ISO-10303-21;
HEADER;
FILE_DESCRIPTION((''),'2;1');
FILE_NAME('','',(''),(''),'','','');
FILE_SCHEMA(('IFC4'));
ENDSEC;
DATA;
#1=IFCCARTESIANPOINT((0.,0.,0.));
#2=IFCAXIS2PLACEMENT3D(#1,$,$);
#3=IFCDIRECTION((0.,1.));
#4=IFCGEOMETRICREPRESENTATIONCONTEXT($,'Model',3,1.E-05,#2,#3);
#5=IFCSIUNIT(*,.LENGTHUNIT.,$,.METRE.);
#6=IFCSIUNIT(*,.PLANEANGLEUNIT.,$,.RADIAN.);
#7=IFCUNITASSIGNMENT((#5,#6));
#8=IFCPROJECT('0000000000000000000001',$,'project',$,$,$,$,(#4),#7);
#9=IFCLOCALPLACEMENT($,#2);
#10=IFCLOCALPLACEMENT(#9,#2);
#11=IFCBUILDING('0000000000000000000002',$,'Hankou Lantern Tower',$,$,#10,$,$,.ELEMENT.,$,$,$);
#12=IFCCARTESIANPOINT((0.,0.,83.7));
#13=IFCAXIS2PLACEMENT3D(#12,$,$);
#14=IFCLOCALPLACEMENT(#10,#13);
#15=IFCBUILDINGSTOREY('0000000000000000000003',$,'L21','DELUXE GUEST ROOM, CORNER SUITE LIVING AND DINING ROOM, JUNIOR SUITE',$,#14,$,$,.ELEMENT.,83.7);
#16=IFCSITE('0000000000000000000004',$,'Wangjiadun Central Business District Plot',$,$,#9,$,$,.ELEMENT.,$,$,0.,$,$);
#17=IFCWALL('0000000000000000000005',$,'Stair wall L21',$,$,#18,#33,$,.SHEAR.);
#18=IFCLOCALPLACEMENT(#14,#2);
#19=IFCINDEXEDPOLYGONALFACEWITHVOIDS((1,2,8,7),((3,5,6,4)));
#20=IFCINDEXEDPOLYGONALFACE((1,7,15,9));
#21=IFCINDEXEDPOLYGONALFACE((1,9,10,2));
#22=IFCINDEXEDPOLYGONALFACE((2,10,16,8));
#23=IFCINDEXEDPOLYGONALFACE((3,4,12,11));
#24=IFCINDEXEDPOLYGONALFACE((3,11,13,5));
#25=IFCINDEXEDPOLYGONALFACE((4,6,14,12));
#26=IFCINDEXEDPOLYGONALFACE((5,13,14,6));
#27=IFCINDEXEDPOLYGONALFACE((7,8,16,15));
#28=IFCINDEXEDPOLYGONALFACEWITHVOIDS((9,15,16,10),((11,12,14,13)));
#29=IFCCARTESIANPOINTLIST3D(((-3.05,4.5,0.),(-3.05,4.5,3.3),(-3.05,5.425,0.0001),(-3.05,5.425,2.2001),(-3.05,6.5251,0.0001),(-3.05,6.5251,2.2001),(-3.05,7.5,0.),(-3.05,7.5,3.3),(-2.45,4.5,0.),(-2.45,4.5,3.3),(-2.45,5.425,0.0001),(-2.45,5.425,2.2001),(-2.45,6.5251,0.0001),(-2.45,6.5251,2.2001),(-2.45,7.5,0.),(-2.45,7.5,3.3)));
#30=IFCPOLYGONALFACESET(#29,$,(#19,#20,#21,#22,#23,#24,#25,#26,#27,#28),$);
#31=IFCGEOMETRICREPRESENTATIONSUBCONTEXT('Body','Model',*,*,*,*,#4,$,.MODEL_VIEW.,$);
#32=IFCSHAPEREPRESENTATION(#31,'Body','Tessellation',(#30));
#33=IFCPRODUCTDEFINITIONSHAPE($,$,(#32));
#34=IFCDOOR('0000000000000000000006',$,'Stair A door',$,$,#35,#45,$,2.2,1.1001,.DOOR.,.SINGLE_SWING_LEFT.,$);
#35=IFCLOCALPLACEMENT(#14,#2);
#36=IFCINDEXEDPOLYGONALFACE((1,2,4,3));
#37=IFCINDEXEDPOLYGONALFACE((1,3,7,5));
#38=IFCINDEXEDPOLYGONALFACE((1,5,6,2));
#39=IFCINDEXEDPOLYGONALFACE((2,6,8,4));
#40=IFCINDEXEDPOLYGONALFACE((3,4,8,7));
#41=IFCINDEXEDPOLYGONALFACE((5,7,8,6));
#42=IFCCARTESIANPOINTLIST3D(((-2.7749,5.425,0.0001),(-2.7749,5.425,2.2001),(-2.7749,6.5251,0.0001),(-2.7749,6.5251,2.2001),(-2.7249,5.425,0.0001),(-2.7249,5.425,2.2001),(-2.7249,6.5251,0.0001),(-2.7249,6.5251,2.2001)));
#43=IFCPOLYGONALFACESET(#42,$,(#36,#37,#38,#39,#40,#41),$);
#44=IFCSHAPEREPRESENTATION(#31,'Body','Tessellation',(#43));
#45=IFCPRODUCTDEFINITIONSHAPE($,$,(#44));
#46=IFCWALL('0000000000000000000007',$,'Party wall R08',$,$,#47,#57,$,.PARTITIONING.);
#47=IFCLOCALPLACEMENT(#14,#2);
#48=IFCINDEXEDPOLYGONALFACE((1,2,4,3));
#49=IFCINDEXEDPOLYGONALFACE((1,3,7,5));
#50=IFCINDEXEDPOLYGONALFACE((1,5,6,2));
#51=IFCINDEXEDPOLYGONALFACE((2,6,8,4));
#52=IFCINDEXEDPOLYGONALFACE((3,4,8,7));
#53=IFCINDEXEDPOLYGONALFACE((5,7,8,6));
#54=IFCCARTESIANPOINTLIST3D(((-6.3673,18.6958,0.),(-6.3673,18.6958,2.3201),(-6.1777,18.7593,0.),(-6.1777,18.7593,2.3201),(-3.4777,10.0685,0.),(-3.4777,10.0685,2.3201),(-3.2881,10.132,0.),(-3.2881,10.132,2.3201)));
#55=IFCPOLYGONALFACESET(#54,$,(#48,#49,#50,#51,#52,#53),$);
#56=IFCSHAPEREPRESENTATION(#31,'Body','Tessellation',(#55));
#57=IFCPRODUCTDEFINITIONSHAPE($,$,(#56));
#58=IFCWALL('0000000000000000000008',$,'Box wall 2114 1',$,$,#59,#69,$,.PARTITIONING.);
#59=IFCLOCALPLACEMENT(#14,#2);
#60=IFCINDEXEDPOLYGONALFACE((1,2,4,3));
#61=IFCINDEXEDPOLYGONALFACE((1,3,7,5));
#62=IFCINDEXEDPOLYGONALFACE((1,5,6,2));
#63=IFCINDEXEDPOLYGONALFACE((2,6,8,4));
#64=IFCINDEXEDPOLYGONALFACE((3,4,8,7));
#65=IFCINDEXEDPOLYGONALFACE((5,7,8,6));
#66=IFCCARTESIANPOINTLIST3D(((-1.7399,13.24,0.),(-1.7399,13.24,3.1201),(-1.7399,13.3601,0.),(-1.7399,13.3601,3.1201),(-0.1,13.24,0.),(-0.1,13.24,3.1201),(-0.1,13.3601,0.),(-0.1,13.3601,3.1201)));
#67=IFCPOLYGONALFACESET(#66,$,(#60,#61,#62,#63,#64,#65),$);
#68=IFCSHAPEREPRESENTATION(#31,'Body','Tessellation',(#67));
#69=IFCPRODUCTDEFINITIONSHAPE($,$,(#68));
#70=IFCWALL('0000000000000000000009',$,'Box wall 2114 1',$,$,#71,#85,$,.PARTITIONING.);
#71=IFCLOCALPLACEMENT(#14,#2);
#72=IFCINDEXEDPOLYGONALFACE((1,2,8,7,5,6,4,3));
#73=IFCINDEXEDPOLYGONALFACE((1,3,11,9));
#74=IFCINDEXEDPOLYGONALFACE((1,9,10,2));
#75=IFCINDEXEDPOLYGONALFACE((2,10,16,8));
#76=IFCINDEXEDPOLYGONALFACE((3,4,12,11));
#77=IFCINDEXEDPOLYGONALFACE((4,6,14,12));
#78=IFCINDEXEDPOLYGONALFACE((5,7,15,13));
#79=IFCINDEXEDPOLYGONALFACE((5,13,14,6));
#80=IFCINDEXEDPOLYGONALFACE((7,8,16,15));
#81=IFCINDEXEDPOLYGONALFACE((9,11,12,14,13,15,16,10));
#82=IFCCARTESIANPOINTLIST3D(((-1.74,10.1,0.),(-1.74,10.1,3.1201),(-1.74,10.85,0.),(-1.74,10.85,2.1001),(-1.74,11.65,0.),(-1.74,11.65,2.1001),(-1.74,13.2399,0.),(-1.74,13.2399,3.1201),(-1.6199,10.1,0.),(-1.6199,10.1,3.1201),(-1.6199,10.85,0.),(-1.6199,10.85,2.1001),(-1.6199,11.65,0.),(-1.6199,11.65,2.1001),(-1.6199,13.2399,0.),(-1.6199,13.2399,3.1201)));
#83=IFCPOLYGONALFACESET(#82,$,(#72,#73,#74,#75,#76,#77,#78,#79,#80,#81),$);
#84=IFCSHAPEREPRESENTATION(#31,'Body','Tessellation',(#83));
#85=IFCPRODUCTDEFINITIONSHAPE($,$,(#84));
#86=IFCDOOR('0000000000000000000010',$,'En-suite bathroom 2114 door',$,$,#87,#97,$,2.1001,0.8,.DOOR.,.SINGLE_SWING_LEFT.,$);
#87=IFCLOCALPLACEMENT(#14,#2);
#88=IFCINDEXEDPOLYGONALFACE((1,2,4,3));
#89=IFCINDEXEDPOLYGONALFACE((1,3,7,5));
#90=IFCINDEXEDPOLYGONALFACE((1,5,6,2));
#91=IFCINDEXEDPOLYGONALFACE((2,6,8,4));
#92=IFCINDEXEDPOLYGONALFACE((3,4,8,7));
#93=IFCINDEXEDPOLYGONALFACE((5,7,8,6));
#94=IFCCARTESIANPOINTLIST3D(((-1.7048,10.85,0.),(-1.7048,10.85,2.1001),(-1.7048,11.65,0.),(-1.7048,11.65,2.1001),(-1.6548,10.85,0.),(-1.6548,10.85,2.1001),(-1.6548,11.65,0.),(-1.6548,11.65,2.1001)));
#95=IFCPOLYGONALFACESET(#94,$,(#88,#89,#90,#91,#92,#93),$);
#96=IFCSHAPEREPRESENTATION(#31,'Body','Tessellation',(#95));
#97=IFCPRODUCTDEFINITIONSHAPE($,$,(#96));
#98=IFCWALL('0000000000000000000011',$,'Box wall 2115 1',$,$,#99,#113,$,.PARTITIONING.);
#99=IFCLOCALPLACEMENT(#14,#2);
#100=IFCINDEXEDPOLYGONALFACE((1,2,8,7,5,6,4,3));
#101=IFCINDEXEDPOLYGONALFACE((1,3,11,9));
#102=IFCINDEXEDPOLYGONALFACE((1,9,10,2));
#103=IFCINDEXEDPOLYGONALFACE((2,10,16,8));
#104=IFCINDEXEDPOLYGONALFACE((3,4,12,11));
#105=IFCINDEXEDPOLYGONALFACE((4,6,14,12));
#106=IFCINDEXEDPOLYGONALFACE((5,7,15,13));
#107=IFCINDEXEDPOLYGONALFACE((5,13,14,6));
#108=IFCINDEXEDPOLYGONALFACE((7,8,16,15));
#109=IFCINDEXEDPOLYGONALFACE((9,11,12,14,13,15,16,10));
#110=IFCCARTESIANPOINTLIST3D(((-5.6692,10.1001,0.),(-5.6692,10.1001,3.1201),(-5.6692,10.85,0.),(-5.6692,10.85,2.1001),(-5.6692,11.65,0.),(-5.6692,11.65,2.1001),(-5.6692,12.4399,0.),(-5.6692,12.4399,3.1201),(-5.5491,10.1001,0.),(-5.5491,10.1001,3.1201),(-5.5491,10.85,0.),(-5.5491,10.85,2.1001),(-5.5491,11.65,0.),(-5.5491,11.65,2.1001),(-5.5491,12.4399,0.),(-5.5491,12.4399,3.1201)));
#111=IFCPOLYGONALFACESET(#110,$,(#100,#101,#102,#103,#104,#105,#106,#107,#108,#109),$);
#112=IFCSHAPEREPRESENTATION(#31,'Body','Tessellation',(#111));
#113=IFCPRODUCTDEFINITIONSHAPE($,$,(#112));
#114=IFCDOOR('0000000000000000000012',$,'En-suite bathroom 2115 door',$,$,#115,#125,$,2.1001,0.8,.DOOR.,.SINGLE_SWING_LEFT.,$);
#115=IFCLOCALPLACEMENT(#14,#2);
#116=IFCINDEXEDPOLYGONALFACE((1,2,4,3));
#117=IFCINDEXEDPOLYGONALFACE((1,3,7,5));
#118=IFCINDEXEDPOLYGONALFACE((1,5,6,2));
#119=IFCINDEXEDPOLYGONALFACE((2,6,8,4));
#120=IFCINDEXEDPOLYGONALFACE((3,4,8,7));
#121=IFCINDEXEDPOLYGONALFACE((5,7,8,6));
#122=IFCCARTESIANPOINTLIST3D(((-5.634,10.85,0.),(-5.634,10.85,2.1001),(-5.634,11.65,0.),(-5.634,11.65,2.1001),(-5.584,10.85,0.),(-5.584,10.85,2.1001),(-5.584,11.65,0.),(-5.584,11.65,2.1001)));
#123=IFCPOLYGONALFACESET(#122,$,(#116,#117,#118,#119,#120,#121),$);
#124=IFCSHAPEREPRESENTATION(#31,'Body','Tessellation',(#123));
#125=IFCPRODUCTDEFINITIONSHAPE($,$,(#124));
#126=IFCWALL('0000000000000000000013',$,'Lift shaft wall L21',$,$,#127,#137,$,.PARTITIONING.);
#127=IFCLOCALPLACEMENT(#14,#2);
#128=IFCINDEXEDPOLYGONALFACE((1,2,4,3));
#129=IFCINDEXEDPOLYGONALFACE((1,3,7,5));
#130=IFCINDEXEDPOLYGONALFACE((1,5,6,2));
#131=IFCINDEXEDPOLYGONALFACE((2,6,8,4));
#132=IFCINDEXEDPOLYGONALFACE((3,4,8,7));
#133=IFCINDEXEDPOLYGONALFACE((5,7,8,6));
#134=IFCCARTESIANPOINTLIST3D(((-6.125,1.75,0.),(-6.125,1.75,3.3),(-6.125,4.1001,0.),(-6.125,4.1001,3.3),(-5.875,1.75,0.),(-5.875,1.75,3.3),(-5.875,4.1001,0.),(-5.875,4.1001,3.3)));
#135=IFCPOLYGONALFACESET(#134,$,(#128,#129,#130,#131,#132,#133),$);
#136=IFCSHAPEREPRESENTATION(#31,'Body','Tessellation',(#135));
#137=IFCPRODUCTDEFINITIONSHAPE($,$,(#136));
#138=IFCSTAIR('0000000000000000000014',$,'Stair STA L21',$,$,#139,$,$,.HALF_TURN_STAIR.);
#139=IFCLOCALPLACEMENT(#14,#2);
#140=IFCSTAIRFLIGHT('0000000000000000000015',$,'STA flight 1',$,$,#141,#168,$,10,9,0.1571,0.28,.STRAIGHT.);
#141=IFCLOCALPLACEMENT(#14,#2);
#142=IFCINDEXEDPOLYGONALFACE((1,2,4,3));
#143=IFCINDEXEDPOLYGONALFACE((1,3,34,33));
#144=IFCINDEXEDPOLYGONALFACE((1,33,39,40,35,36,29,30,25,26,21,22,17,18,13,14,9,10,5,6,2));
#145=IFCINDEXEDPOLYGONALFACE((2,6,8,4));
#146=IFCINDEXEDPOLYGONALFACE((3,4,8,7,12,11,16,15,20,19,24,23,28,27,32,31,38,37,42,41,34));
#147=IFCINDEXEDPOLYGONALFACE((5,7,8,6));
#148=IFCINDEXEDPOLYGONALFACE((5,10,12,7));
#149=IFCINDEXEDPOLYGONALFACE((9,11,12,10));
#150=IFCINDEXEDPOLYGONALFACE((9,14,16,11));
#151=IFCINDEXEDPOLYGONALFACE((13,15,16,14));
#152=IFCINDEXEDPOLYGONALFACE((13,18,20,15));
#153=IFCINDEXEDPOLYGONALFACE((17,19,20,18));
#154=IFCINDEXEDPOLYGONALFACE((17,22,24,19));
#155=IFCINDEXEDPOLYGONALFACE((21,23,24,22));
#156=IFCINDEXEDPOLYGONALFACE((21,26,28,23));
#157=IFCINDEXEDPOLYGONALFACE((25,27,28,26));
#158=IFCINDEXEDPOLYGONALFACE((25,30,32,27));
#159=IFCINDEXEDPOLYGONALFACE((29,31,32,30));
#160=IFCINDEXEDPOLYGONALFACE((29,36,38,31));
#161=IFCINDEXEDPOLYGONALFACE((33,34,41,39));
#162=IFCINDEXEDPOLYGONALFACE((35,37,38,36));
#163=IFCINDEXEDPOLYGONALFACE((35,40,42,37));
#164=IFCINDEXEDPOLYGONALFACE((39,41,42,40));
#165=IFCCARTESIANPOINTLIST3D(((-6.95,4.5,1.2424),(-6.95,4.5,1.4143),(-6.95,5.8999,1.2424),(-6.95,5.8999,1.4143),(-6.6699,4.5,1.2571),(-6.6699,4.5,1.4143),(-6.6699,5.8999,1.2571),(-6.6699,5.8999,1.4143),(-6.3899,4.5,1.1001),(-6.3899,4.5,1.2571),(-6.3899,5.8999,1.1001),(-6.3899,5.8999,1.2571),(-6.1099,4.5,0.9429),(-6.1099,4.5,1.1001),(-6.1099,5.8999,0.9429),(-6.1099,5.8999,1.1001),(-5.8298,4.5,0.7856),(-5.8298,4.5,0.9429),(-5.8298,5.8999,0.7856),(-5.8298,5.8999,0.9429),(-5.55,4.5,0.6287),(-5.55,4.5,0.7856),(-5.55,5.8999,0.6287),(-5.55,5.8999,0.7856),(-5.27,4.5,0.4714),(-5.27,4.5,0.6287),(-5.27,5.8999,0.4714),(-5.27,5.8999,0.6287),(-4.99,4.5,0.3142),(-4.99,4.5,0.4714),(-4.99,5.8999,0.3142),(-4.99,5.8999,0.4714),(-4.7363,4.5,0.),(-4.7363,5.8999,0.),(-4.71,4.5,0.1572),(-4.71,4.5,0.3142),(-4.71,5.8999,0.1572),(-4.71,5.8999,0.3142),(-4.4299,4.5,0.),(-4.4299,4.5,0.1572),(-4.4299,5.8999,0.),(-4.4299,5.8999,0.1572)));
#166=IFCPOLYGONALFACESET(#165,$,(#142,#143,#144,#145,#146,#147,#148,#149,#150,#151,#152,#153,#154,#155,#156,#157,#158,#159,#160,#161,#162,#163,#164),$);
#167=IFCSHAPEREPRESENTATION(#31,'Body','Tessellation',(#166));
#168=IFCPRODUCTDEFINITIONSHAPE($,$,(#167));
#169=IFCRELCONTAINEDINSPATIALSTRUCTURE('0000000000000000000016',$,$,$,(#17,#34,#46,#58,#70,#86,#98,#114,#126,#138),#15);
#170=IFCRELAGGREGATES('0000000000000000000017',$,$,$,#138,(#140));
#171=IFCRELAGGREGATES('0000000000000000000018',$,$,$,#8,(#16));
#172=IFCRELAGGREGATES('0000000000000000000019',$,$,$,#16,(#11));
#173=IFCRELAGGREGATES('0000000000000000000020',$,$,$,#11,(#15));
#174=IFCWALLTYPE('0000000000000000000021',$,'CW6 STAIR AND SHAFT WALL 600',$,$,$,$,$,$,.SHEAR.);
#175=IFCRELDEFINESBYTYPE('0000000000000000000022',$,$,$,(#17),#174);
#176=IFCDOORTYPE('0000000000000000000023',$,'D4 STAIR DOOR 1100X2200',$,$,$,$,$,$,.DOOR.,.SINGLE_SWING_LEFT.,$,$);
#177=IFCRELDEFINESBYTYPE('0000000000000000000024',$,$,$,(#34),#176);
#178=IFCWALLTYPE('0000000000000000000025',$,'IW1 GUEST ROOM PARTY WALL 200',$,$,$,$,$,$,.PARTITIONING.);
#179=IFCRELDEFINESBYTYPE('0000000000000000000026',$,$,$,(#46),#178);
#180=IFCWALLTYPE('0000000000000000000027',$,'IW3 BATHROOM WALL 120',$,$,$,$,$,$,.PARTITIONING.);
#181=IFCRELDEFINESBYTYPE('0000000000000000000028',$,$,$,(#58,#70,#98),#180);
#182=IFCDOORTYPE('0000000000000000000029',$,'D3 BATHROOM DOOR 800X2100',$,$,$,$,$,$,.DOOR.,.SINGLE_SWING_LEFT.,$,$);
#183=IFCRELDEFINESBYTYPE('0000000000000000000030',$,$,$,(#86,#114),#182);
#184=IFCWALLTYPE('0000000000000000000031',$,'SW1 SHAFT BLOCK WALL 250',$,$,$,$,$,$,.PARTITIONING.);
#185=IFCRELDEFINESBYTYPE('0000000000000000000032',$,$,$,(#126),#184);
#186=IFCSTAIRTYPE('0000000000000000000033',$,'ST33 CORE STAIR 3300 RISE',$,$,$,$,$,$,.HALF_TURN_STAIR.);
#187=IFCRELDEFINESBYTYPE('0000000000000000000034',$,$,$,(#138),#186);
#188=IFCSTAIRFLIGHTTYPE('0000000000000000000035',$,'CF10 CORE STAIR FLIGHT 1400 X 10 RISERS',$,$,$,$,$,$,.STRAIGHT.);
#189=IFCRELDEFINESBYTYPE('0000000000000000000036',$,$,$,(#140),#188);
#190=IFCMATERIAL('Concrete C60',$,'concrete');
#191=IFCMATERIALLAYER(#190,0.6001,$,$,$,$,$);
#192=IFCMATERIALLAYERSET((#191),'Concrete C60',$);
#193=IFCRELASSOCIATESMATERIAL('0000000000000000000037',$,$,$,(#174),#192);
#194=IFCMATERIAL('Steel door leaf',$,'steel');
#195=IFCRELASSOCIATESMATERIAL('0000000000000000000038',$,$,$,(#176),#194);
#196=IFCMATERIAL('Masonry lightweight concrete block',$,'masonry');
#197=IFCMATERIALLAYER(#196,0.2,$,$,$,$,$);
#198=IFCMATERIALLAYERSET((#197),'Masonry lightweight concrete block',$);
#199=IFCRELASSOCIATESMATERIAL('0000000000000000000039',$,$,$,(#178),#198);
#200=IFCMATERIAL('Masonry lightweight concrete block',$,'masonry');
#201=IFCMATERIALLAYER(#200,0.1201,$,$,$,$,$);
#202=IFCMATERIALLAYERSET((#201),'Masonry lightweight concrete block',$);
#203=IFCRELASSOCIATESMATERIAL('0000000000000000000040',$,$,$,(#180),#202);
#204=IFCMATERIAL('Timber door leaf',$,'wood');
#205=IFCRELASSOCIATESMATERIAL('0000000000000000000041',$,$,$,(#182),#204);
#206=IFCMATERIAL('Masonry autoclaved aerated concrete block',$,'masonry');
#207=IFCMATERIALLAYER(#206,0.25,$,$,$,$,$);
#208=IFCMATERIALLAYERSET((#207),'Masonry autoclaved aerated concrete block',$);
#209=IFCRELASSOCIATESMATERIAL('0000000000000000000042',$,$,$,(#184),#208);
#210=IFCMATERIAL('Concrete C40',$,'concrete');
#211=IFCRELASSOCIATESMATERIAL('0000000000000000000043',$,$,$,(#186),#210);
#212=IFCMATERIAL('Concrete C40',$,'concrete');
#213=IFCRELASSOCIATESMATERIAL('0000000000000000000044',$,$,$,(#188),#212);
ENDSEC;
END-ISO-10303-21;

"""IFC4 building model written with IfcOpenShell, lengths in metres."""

from ifc_helpers import new_model, si_unit, direction, frame, frame_2d, origin, place, context, subcontext, project, spatial, polyline, rectangle, outline, extrude, material, layer, layer_set, type_object, element, fill, aggregate, save


model = new_model("IFC4")

# Units and contexts
model_context = context("Model", 3, precision=1e-05, world=origin(), true_north=direction((0.0, 1.0)))
body_context = subcontext(model_context, "Body", "Model", "MODEL_VIEW")
ifc_project = project(units=[si_unit("LENGTHUNIT", "METRE"), si_unit("PLANEANGLEUNIT", "RADIAN")], contexts=[model_context])

# Site, building, storey
site_placement = place(None, origin())
site = spatial("IfcSite", under=ifc_project, at=site_placement, Name="Wangjiadun Central Business District Plot", CompositionType="ELEMENT", RefElevation=0.0)
building_placement = place(site_placement, origin())
building = spatial("IfcBuilding", under=site, at=building_placement, Name="Hankou Lantern Tower", CompositionType="ELEMENT")
storey_placement = place(building_placement, frame((0.0, 0.0, 83.7)))
storey = spatial("IfcBuildingStorey", under=building, at=storey_placement, Name="L21", Description="DELUXE GUEST ROOM, CORNER SUITE LIVING AND DINING ROOM, JUNIOR SUITE", CompositionType="ELEMENT", Elevation=83.7)

# Wall, opening, door
ifc_material_1 = material(Name="Concrete C60", Category="concrete")
ifc_layer_1 = layer(ifc_material_1, 0.6001)
ifc_layer_set_1 = layer_set([ifc_layer_1], Name="Concrete C60")
wall_type_1 = type_object("IfcWallType", Name="CW6 STAIR AND SHAFT WALL 600", PredefinedType="SHEAR", material=ifc_layer_set_1)
wall_1_placement = place(storey_placement, frame((-2.75, 4.5, 0.0), z_axis=(0.0, 0.0, 1.0), x_axis=(0.0, 1.0, 0.0)))
wall_1 = element("IfcWall", 1, at=wall_1_placement, inside=storey, type_object=wall_type_1, Name="Stair wall L21", PredefinedType="SHEAR", context=body_context, shape_type="SweptSolid", body=[
    extrude(rectangle(XDim=3.0, YDim=0.6001, at=frame_2d((1.5, 0.0))), origin(), (0.0, 0.0, 1.0), 3.3),
])
opening_1_placement = place(wall_1_placement, frame((0.925, 0.0, 0.0)))
opening_1 = element("IfcOpeningElement", 2, at=opening_1_placement, cuts=wall_1, PredefinedType="OPENING", context=body_context, shape_type="SweptSolid", body=[
    extrude(rectangle(XDim=1.1001, YDim=2.2, at=frame_2d((0.55, 1.1001))), frame((0.0, 0.3101, 0.0), z_axis=(0.0, -1.0, 0.0), x_axis=(1.0, 0.0, 0.0)), (0.0, 0.0, 1.0), 0.6201),
])
ifc_material_2 = material(Name="Steel door leaf", Category="steel")
door_type_1 = type_object("IfcDoorType", Name="D4 STAIR DOOR 1100X2200", OperationType="SINGLE_SWING_LEFT", PredefinedType="DOOR", material=ifc_material_2)
door_1_placement = place(opening_1_placement, origin())
door_1 = element("IfcDoor", 3, at=door_1_placement, inside=storey, type_object=door_type_1, Name="Stair A door", OperationType="SINGLE_SWING_LEFT", OverallHeight=2.2, OverallWidth=1.1001, PredefinedType="DOOR", context=body_context, shape_type="SweptSolid", body=[
    extrude(rectangle(XDim=1.1001, YDim=2.2, at=frame_2d((0.55, 1.1001))), frame((0.0, 0.0249, 0.0), z_axis=(0.0, -1.0, 0.0), x_axis=(1.0, 0.0, 0.0)), (0.0, 0.0, 1.0), 0.05),
])
fill(opening_1, door_1)

# Walls
ifc_material_3 = material(Name="Masonry lightweight concrete block", Category="masonry")
ifc_layer_2 = layer(ifc_material_3, 0.2)
ifc_layer_set_2 = layer_set([ifc_layer_2], Name="Masonry lightweight concrete block")
wall_type_2 = type_object("IfcWallType", Name="IW1 GUEST ROOM PARTY WALL 200", PredefinedType="PARTITIONING", material=ifc_layer_set_2)
wall_2_placement = place(storey_placement, frame((-3.3828, 10.1001, 0.0), z_axis=(0.0, 0.0, 1.0), x_axis=(-0.317596, 0.948226, 0.0)))
element("IfcWall", 4, at=wall_2_placement, inside=storey, type_object=wall_type_2, Name="Party wall R08", PredefinedType="PARTITIONING", context=body_context, shape_type="SweptSolid", body=[
    extrude(rectangle(XDim=9.0984, YDim=0.2, at=frame_2d((4.5493, 0.0))), origin(), (0.0, 0.0, 1.0), 2.3201),
])
ifc_material_4 = material(Name="Masonry lightweight concrete block", Category="masonry")
ifc_layer_3 = layer(ifc_material_4, 0.1201)
ifc_layer_set_3 = layer_set([ifc_layer_3], Name="Masonry lightweight concrete block")
wall_type_3 = type_object("IfcWallType", Name="IW3 BATHROOM WALL 120", PredefinedType="PARTITIONING", material=ifc_layer_set_3)
wall_3_placement = place(storey_placement, frame((-0.1001, 13.3, 0.0), z_axis=(0.0, 0.0, 1.0), x_axis=(-1.0, 0.0, 0.0)))
element("IfcWall", 5, at=wall_3_placement, inside=storey, type_object=wall_type_3, Name="Box wall 2114 1", PredefinedType="PARTITIONING", context=body_context, shape_type="SweptSolid", body=[
    extrude(rectangle(XDim=1.6399, YDim=0.1201, at=frame_2d((0.8198, 0.0))), origin(), (0.0, 0.0, 1.0), 3.1201),
])

# Walls, openings, doors
wall_4_placement = place(storey_placement, frame((-1.6799, 10.1001, 0.0), z_axis=(0.0, 0.0, 1.0), x_axis=(0.0, 1.0, 0.0)))
wall_4 = element("IfcWall", 6, at=wall_4_placement, inside=storey, type_object=wall_type_3, Name="Box wall 2114 1", PredefinedType="PARTITIONING", context=body_context, shape_type="SweptSolid", body=[
    extrude(rectangle(XDim=3.1399, YDim=0.1201, at=frame_2d((1.5698, 0.0))), origin(), (0.0, 0.0, 1.0), 3.1201),
])
opening_2_placement = place(wall_4_placement, frame((0.75, 0.0, 0.0)))
opening_2 = element("IfcOpeningElement", 7, at=opening_2_placement, cuts=wall_4, PredefinedType="OPENING", context=body_context, shape_type="SweptSolid", body=[
    extrude(rectangle(XDim=0.8, YDim=2.1001, at=frame_2d((0.3999, 1.05))), frame((0.0, 0.0701, 0.0), z_axis=(0.0, -1.0, 0.0), x_axis=(1.0, 0.0, 0.0)), (0.0, 0.0, 1.0), 0.1401),
])
ifc_material_5 = material(Name="Timber door leaf", Category="wood")
door_type_2 = type_object("IfcDoorType", Name="D3 BATHROOM DOOR 800X2100", OperationType="SINGLE_SWING_LEFT", PredefinedType="DOOR", material=ifc_material_5)
door_2_placement = place(opening_2_placement, origin())
door_2 = element("IfcDoor", 8, at=door_2_placement, inside=storey, type_object=door_type_2, Name="En-suite bathroom 2114 door", OperationType="SINGLE_SWING_LEFT", OverallHeight=2.1001, OverallWidth=0.8, PredefinedType="DOOR", context=body_context, shape_type="SweptSolid", body=[
    extrude(rectangle(XDim=0.8, YDim=2.1001, at=frame_2d((0.3999, 1.05))), frame((0.0, 0.0249, 0.0), z_axis=(0.0, -1.0, 0.0), x_axis=(1.0, 0.0, 0.0)), (0.0, 0.0, 1.0), 0.05),
])
fill(opening_2, door_2)
wall_5_placement = place(storey_placement, frame((-5.6091, 10.1001, 0.0), z_axis=(0.0, 0.0, 1.0), x_axis=(0.0, 1.0, 0.0)))
wall_5 = element("IfcWall", 9, at=wall_5_placement, inside=storey, type_object=wall_type_3, Name="Box wall 2115 1", PredefinedType="PARTITIONING", context=body_context, shape_type="SweptSolid", body=[
    extrude(rectangle(XDim=2.3398, YDim=0.1201, at=frame_2d((1.1699, 0.0))), origin(), (0.0, 0.0, 1.0), 3.1201),
])
opening_3_placement = place(wall_5_placement, frame((0.75, 0.0, 0.0)))
opening_3 = element("IfcOpeningElement", 10, at=opening_3_placement, cuts=wall_5, PredefinedType="OPENING", context=body_context, shape_type="SweptSolid", body=[
    extrude(rectangle(XDim=0.8, YDim=2.1001, at=frame_2d((0.3999, 1.05))), frame((0.0, 0.0701, 0.0), z_axis=(0.0, -1.0, 0.0), x_axis=(1.0, 0.0, 0.0)), (0.0, 0.0, 1.0), 0.1401),
])
door_3_placement = place(opening_3_placement, origin())
door_3 = element("IfcDoor", 11, at=door_3_placement, inside=storey, type_object=door_type_2, Name="En-suite bathroom 2115 door", OperationType="SINGLE_SWING_LEFT", OverallHeight=2.1001, OverallWidth=0.8, PredefinedType="DOOR", context=body_context, shape_type="SweptSolid", body=[
    extrude(rectangle(XDim=0.8, YDim=2.1001, at=frame_2d((0.3999, 1.05))), frame((0.0, 0.0249, 0.0), z_axis=(0.0, -1.0, 0.0), x_axis=(1.0, 0.0, 0.0)), (0.0, 0.0, 1.0), 0.05),
])
fill(opening_3, door_3)

# Wall
ifc_material_6 = material(Name="Masonry autoclaved aerated concrete block", Category="masonry")
ifc_layer_4 = layer(ifc_material_6, 0.25)
ifc_layer_set_4 = layer_set([ifc_layer_4], Name="Masonry autoclaved aerated concrete block")
wall_type_4 = type_object("IfcWallType", Name="SW1 SHAFT BLOCK WALL 250", PredefinedType="PARTITIONING", material=ifc_layer_set_4)
wall_6_placement = place(storey_placement, frame((-6.0, 1.75, 0.0), z_axis=(0.0, 0.0, 1.0), x_axis=(0.0, 1.0, 0.0)))
element("IfcWall", 12, at=wall_6_placement, inside=storey, type_object=wall_type_4, Name="Lift shaft wall L21", PredefinedType="PARTITIONING", context=body_context, shape_type="SweptSolid", body=[
    extrude(rectangle(XDim=2.3501, YDim=0.25, at=frame_2d((1.175, 0.0))), origin(), (0.0, 0.0, 1.0), 3.3),
])

# Stair, stair flight
ifc_material_7 = material(Name="Concrete C40", Category="concrete")
stair_type = type_object("IfcStairType", Name="ST33 CORE STAIR 3300 RISE", PredefinedType="HALF_TURN_STAIR", material=ifc_material_7)
stair_placement = place(storey_placement, origin())
stair = element("IfcStair", 13, at=stair_placement, inside=storey, type_object=stair_type, Name="Stair STA L21", PredefinedType="HALF_TURN_STAIR")
ifc_material_8 = material(Name="Concrete C40", Category="concrete")
stair_flight_type = type_object("IfcStairFlightType", Name="CF10 CORE STAIR FLIGHT 1400 X 10 RISERS", PredefinedType="STRAIGHT", material=ifc_material_8)
stair_flight_placement = place(storey_placement, frame((-4.4299, 5.2, 0.0), z_axis=(0.0, 0.0, 1.0), x_axis=(-1.0, 0.0, 0.0)))
stair_flight = element("IfcStairFlight", 14, at=stair_flight_placement, type_object=stair_flight_type, Name="STA flight 1", NumberOfRisers=10, NumberOfTreads=9, PredefinedType="STRAIGHT", RiserHeight=0.1571, TreadLength=0.28, context=body_context, shape_type="SweptSolid", body=[
    extrude(outline(polyline([(0.0, 0.0), (0.0, 0.1572), (0.28, 0.1572), (0.28, 0.3142), (0.5601, 0.3142), (0.5601, 0.4714), (0.8401, 0.4714), (0.8401, 0.6287), (1.1201, 0.6287), (1.1201, 0.7856), (1.3999, 0.7856), (1.3999, 0.9429), (1.6799, 0.9429), (1.6799, 1.1001), (1.96, 1.1001), (1.96, 1.2571), (2.24, 1.2571), (2.24, 1.4143), (2.52, 1.4143), (2.52, 1.5715), (2.52, 1.2424), (0.3064, 0.0), (0.0, 0.0)])), frame((0.0, 0.7, 0.0), z_axis=(0.0, -1.0, 0.0), x_axis=(1.0, 0.0, 0.0)), (0.0, 0.0, 1.0), 1.3999),
])
aggregate(stair, [stair_flight])

save(model, "model.ifc")
